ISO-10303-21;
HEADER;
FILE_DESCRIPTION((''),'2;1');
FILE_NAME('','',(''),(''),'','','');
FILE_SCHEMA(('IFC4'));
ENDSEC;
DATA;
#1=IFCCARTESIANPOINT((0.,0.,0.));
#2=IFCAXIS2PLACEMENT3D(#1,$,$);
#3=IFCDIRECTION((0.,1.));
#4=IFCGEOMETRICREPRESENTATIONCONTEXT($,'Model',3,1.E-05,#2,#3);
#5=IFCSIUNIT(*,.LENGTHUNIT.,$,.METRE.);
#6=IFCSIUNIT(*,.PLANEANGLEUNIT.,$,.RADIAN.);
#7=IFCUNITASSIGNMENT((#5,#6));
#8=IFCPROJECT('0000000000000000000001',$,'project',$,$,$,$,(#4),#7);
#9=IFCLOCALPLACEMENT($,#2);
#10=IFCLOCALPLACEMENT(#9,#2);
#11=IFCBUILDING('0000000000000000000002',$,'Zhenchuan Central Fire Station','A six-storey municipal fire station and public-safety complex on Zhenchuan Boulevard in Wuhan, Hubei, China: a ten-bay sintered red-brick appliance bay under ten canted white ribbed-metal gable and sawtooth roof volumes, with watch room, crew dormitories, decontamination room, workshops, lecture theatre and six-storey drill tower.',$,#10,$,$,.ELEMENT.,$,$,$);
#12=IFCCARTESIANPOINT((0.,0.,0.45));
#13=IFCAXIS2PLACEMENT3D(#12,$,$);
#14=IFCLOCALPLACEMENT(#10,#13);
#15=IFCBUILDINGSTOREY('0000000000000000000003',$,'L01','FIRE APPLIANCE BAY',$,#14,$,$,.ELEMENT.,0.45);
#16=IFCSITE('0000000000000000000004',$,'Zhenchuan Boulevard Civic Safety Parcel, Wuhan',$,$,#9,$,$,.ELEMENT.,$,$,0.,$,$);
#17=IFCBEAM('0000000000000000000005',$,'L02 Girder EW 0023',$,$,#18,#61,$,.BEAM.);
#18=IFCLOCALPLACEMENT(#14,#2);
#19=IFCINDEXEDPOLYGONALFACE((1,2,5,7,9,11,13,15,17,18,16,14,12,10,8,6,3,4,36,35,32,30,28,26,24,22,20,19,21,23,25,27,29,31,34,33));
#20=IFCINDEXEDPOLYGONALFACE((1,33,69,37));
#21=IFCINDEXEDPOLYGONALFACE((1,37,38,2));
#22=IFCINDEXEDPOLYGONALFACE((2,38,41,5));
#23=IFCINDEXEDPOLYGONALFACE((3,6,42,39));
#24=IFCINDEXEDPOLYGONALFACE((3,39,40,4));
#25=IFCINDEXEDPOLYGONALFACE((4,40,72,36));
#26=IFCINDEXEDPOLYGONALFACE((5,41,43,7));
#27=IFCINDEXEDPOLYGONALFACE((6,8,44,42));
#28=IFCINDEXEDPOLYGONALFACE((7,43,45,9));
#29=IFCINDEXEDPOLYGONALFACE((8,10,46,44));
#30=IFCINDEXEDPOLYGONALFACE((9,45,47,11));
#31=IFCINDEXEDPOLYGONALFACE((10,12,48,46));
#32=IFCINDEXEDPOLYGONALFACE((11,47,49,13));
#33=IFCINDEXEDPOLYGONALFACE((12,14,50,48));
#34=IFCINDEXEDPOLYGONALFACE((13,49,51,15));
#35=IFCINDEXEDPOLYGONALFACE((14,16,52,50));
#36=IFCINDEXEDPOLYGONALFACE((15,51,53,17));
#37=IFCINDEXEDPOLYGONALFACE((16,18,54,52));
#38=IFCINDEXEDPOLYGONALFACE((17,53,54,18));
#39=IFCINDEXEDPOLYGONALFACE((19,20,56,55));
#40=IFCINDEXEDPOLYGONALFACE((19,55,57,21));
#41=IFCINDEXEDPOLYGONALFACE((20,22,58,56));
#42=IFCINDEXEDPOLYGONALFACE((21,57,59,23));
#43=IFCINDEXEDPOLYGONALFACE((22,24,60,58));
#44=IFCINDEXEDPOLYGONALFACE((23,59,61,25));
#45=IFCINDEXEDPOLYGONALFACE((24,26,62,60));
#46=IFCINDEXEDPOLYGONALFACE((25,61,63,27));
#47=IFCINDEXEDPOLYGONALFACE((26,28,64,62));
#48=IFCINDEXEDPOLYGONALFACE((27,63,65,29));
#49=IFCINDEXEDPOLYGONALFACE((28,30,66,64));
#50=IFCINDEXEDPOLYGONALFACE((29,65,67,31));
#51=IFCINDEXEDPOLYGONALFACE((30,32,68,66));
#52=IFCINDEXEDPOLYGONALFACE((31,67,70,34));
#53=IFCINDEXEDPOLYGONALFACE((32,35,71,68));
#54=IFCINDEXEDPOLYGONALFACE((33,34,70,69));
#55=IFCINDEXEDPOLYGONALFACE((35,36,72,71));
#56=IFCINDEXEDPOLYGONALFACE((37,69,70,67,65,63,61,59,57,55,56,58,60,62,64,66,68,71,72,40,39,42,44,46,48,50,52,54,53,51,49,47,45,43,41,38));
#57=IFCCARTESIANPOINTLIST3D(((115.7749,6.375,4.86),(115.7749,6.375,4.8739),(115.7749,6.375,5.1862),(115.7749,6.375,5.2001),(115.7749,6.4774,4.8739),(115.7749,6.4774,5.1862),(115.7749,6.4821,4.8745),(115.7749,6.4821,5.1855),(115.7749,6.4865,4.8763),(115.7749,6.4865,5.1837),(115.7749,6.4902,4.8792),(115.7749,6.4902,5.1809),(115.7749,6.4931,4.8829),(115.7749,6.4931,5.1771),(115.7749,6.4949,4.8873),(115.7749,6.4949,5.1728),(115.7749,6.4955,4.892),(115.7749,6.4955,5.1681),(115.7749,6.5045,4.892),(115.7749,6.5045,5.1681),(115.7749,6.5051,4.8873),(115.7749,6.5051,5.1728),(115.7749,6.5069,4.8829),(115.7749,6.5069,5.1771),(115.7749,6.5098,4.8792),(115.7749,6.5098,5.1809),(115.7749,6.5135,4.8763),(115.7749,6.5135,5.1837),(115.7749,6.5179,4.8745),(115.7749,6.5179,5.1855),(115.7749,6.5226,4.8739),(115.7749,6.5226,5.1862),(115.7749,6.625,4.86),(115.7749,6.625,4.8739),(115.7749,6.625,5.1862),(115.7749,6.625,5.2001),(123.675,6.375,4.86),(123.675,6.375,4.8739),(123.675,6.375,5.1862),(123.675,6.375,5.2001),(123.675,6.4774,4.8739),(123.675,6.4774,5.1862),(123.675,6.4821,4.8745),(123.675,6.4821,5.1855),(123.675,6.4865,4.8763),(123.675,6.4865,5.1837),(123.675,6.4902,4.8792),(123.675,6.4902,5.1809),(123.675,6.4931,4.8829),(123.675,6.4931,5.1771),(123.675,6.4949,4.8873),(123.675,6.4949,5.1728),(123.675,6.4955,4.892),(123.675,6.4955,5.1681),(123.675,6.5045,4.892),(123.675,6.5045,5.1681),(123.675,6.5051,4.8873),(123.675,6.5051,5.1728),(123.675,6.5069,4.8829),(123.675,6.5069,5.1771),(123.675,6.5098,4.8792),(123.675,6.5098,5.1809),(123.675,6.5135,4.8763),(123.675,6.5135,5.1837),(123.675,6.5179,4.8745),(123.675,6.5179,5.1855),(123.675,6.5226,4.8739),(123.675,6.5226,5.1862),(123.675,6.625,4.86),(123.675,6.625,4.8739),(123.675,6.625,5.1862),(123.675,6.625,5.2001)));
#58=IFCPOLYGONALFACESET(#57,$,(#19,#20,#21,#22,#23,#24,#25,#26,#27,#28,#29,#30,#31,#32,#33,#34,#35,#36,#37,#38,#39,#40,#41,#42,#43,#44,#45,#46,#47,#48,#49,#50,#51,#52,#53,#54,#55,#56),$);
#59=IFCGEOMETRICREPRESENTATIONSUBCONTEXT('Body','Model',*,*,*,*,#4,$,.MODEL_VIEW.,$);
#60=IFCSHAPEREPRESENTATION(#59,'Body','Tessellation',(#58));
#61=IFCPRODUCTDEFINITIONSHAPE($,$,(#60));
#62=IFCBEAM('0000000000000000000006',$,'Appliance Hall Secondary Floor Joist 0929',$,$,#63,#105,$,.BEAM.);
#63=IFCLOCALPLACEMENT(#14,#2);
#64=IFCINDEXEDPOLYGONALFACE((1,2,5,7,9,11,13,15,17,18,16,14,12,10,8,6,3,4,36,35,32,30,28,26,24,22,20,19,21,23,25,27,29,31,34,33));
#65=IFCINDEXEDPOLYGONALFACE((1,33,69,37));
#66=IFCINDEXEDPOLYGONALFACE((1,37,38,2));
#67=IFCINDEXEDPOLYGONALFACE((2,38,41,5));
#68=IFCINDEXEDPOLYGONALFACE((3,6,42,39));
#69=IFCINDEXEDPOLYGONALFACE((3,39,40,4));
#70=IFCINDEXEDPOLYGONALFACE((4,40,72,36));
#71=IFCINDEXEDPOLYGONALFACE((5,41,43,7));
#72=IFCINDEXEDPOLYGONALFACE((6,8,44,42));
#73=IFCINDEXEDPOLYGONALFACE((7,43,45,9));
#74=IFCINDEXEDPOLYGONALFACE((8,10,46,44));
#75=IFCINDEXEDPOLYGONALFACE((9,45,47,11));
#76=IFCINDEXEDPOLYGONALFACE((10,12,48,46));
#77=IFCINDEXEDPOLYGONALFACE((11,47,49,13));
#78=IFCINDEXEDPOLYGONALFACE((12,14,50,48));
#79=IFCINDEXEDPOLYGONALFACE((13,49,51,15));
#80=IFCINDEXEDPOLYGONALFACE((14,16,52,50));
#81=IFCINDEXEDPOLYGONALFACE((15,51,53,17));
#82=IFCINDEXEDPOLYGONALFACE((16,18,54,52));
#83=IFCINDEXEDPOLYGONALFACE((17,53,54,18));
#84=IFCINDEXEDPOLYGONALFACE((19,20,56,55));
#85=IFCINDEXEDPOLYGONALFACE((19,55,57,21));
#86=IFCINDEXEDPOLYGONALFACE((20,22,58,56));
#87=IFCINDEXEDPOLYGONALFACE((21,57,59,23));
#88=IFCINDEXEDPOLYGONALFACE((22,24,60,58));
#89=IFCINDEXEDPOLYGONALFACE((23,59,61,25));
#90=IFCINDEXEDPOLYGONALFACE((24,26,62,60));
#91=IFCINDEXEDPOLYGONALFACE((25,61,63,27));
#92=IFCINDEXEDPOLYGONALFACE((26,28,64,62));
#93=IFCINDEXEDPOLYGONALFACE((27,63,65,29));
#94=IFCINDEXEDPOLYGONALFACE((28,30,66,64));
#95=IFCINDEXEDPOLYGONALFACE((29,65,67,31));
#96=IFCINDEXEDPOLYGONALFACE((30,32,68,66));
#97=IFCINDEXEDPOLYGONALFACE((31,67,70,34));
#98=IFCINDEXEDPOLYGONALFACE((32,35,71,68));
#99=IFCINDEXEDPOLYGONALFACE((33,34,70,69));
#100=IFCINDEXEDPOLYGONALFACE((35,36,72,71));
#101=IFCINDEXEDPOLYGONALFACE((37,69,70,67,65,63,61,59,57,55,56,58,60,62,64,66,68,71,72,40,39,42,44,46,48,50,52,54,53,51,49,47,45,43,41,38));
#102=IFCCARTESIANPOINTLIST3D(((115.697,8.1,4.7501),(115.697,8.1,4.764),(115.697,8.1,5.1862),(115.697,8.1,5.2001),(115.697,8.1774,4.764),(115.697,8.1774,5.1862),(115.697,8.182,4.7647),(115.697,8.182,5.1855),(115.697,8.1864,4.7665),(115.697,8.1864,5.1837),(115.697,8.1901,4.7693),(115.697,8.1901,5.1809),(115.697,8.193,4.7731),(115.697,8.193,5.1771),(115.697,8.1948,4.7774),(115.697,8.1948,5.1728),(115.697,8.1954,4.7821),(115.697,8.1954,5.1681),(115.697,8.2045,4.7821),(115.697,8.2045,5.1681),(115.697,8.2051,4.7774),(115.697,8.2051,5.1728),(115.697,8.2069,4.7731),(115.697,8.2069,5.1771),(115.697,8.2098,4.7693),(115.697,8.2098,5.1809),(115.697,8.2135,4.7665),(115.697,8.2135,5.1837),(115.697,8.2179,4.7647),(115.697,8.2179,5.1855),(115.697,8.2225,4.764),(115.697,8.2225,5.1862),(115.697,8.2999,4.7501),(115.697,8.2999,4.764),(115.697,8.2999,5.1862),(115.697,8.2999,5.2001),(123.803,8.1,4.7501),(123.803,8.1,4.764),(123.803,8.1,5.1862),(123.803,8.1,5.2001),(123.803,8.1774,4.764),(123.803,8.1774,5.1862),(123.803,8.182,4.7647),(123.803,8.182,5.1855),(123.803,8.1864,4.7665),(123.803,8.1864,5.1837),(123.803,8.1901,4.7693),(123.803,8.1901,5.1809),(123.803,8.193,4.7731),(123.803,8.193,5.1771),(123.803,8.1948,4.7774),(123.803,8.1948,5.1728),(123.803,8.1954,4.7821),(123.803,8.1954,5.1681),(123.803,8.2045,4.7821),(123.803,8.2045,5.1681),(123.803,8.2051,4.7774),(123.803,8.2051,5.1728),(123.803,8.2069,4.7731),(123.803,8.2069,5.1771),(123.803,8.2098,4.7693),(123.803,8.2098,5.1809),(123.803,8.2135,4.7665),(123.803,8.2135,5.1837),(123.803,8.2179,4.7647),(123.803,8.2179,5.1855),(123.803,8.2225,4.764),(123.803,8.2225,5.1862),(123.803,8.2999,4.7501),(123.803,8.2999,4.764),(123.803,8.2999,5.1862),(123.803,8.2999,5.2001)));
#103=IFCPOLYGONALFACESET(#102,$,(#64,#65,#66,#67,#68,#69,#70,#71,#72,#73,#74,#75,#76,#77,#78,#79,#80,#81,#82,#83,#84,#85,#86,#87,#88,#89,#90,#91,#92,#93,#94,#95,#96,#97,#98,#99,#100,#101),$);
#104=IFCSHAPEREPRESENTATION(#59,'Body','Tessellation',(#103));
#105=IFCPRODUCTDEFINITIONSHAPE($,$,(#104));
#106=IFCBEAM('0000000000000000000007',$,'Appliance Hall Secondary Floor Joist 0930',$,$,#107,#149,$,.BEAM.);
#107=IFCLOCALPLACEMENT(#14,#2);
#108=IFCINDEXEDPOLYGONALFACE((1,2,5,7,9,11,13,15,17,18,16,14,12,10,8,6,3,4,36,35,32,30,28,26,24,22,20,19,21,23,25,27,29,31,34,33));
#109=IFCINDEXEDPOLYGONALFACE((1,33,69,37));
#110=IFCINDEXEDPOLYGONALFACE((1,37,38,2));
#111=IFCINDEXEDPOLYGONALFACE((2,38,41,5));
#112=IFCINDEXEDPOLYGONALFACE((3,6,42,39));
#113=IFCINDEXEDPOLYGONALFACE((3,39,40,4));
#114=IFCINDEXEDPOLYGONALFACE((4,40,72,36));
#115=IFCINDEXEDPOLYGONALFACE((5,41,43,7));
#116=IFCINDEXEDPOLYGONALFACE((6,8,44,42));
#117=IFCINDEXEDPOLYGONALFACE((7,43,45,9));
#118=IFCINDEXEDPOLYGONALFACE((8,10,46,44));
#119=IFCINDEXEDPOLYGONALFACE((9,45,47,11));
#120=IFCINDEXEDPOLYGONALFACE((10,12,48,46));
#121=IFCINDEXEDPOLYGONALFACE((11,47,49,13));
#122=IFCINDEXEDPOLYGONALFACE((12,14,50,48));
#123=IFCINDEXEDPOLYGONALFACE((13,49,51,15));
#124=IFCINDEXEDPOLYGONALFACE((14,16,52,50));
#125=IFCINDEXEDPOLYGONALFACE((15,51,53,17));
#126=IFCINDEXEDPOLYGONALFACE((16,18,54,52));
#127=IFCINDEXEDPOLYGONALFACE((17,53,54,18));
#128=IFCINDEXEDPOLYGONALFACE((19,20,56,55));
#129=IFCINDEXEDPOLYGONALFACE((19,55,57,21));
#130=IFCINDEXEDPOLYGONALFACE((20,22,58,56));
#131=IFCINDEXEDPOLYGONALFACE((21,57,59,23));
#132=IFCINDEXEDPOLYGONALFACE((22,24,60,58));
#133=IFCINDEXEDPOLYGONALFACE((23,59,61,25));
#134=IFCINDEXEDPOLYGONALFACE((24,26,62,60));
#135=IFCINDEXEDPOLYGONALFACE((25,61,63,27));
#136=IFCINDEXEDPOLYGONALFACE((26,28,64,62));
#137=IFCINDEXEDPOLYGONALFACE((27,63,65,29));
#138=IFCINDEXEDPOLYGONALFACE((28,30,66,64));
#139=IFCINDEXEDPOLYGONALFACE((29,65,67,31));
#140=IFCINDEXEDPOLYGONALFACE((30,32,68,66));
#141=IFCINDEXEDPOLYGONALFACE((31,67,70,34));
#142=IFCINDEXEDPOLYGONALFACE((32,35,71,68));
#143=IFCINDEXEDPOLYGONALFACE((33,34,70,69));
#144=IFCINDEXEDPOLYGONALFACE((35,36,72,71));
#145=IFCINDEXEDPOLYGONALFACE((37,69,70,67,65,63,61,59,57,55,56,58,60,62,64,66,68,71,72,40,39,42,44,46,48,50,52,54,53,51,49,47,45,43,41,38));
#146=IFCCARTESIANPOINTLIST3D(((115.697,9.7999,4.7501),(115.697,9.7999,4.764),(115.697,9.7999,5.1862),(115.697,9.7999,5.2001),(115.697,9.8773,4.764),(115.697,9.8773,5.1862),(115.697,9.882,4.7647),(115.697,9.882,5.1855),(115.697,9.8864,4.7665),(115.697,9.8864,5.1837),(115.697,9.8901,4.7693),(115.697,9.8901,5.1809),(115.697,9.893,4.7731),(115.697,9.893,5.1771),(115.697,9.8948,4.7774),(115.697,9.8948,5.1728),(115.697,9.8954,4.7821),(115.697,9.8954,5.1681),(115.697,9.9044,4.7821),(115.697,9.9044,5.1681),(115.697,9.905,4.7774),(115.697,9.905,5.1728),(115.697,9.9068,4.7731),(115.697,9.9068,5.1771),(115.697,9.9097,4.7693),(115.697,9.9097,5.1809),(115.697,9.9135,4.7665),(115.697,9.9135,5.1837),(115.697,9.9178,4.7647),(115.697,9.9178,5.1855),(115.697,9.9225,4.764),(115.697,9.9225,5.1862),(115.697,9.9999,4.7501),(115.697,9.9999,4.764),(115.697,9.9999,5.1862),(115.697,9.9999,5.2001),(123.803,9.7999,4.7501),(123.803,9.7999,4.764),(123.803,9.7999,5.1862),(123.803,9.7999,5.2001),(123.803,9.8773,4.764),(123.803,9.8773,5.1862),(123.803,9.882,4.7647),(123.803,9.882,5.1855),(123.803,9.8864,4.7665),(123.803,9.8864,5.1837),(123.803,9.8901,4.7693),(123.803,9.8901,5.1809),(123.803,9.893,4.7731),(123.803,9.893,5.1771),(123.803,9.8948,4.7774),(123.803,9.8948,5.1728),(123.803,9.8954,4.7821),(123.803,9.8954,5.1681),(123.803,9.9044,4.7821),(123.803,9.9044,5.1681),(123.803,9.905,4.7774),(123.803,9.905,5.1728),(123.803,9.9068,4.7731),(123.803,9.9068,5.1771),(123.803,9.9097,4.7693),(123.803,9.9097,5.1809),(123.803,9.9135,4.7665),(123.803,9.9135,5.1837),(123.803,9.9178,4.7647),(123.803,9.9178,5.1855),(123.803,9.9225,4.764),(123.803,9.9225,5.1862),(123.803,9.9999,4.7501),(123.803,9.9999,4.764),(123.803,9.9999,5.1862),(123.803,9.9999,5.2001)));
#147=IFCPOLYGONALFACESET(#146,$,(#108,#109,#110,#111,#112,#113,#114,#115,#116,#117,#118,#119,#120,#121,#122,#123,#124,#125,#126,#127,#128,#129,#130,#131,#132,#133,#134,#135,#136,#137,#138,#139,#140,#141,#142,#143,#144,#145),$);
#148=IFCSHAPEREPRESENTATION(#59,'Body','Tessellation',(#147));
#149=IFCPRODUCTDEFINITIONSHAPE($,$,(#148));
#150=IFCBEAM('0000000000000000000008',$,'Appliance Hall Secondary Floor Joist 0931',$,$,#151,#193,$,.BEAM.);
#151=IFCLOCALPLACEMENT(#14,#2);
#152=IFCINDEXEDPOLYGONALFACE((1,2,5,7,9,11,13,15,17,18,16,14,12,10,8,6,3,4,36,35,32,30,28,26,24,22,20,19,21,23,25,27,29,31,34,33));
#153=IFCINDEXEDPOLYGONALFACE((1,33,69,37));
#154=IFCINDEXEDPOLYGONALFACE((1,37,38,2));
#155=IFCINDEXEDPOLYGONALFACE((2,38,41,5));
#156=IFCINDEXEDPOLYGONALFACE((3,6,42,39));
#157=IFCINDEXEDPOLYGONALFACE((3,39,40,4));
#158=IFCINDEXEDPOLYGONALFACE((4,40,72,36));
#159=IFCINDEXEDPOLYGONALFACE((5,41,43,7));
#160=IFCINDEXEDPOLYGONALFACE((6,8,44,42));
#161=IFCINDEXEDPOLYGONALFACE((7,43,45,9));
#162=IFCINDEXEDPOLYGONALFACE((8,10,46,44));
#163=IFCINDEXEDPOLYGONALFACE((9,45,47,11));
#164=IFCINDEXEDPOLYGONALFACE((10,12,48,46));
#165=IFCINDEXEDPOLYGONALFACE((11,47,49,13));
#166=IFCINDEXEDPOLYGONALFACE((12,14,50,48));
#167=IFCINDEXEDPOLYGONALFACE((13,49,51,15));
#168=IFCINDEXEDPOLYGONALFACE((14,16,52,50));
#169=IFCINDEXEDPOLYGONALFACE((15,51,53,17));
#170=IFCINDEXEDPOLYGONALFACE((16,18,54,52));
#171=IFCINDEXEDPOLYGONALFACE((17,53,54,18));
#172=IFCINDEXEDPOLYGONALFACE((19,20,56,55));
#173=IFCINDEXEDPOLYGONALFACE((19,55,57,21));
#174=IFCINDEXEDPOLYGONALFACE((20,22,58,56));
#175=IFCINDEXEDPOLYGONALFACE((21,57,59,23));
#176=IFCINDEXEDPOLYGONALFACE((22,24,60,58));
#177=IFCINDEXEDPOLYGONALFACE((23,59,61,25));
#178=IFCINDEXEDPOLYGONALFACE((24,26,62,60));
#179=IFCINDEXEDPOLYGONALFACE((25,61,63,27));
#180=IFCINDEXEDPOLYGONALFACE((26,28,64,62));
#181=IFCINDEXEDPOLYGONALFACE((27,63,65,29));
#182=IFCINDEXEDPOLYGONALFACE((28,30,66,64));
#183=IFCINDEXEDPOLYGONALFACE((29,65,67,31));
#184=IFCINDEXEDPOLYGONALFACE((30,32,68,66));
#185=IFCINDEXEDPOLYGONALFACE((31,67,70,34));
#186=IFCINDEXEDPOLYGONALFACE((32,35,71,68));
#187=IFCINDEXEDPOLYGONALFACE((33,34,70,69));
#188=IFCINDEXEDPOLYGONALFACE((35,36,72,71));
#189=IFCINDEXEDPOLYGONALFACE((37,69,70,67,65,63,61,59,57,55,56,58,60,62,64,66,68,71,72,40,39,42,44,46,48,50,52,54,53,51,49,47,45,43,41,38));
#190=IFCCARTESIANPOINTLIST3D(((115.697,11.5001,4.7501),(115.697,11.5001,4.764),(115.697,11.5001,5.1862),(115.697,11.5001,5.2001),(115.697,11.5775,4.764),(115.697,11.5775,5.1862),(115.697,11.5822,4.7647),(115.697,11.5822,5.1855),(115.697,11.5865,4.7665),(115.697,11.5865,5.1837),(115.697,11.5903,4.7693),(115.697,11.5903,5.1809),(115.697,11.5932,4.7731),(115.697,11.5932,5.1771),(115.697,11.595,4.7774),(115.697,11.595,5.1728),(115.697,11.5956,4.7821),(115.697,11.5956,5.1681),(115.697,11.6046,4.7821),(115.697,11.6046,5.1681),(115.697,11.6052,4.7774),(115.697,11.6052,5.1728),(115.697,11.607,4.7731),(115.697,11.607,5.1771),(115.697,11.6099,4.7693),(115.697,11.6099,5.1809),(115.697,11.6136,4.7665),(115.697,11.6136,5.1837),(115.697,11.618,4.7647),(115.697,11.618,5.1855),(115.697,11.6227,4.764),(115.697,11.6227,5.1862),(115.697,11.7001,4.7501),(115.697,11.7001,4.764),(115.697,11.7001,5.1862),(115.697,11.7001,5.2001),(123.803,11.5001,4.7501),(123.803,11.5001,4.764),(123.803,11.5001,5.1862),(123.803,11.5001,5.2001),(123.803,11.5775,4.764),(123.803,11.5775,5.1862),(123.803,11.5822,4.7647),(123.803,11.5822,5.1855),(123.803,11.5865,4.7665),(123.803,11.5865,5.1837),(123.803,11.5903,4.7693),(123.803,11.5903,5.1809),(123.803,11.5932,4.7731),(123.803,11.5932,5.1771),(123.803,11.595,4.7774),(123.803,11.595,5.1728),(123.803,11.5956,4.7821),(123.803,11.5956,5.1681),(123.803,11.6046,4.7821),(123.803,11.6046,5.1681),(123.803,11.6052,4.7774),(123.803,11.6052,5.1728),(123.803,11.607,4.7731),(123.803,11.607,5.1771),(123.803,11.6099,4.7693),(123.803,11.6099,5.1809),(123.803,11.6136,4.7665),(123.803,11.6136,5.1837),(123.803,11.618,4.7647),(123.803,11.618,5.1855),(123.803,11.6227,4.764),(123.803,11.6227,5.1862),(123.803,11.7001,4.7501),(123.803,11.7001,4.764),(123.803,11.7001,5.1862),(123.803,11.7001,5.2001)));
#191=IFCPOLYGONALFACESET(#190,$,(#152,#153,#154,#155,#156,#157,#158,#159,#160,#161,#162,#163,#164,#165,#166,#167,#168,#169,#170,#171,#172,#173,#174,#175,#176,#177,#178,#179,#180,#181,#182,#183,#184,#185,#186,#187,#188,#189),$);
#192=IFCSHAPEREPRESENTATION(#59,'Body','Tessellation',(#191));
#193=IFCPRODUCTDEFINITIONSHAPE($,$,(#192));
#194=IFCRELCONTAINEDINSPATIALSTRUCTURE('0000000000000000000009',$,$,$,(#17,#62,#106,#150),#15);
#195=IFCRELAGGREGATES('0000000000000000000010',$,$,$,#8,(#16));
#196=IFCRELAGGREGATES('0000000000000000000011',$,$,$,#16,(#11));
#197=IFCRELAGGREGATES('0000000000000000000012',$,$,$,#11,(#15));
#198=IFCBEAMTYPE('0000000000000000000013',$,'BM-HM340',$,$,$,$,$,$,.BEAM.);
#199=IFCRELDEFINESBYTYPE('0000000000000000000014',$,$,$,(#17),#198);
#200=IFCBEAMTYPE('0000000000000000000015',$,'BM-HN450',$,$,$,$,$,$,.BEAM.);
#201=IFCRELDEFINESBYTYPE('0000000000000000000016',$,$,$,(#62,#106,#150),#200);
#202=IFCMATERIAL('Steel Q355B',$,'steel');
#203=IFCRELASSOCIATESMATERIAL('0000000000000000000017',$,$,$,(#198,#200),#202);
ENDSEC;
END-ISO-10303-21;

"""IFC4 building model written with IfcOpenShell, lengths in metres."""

from ifc_helpers import new_model, si_unit, direction, frame, origin, origin_2d, place, context, subcontext, project, spatial, i_section, extrude, material, material_profile, profile_set, type_object, element, save


model = new_model("IFC4")

# Units and contexts
model_context = context("Model", 3, precision=1e-05, world=origin(), true_north=direction((0.0, 1.0)))
body_context = subcontext(model_context, "Body", "Model", "MODEL_VIEW")
ifc_project = project(units=[si_unit("LENGTHUNIT", "METRE"), si_unit("PLANEANGLEUNIT", "RADIAN")], contexts=[model_context])

# Site, building, storey
site_placement = place(None, origin())
site = spatial("IfcSite", under=ifc_project, at=site_placement, Name="Zhenchuan Boulevard Civic Safety Parcel, Wuhan", CompositionType="ELEMENT", RefElevation=0.0)
building_placement = place(site_placement, origin())
building = spatial("IfcBuilding", under=site, at=building_placement, Name="Zhenchuan Central Fire Station", Description="A six-storey municipal fire station and public-safety complex on Zhenchuan Boulevard in Wuhan, Hubei, China: a ten-bay sintered red-brick appliance bay under ten canted white ribbed-metal gable and sawtooth roof volumes, with watch room, crew dormitories, decontamination room, workshops, lecture theatre and six-storey drill tower.", CompositionType="ELEMENT")
storey_placement = place(building_placement, frame((0.0, 0.0, 0.45)))
storey = spatial("IfcBuildingStorey", under=building, at=storey_placement, Name="L01", Description="FIRE APPLIANCE BAY", CompositionType="ELEMENT", Elevation=0.45)

# Shared definitions
ifc_material_1 = material(Name="Steel Q355B", Category="steel")

# Beams
ifc_material_profile_1 = material_profile(ifc_material_1, i_section(OverallWidth=0.25, OverallDepth=0.3401, WebThickness=0.009, FlangeThickness=0.0139, FilletRadius=0.0181, at=origin_2d()), Name="HM 340x250")
ifc_profile_set_1 = profile_set([ifc_material_profile_1], Name="Steel Q355B")
beam_type_1 = type_object("IfcBeamType", Name="BM-HM340", PredefinedType="BEAM", material=ifc_profile_set_1)
beam_1_placement = place(storey_placement, frame((115.7749, 6.5, 5.03), z_axis=(1.0, 0.0, 0.0), x_axis=(0.0, 1.0, 0.0)))
element("IfcBeam", 1, at=beam_1_placement, inside=storey, type_object=beam_type_1, Name="L02 Girder EW 0023", PredefinedType="BEAM", context=body_context, shape_type="SweptSolid", body=[
    extrude(i_section(OverallWidth=0.25, OverallDepth=0.3401, WebThickness=0.009, FlangeThickness=0.0139, FilletRadius=0.0181, at=origin_2d()), origin(), (0.0, 0.0, 1.0), 7.9001),
])
ifc_material_profile_2 = material_profile(ifc_material_1, i_section(OverallWidth=0.2, OverallDepth=0.45, WebThickness=0.009, FlangeThickness=0.0139, FilletRadius=0.0181, at=origin_2d()), Name="HN 450x200")
ifc_profile_set_2 = profile_set([ifc_material_profile_2], Name="Steel Q355B")
beam_type_2 = type_object("IfcBeamType", Name="BM-HN450", PredefinedType="BEAM", material=ifc_profile_set_2)
for number, where, z_axis, x_axis, name in (
    (2, (115.697, 8.2, 4.9751), (1.0, 0.0, 0.0), (0.0, 1.0, 0.0), "Appliance Hall Secondary Floor Joist 0929"),
    (3, (115.697, 9.8999, 4.9751), (1.0, 0.0, 0.0), (0.0, 1.0, 0.0), "Appliance Hall Secondary Floor Joist 0930"),
    (4, (115.697, 11.6001, 4.9751), (1.0, 0.0, 0.0), (0.0, 1.0, 0.0), "Appliance Hall Secondary Floor Joist 0931"),
):
    element("IfcBeam", number, at=place(storey_placement, frame(where, z_axis=z_axis, x_axis=x_axis)), inside=storey, type_object=beam_type_2, Name=name, PredefinedType="BEAM", context=body_context, shape_type="SweptSolid", body=[
        extrude(i_section(OverallWidth=0.2, OverallDepth=0.45, WebThickness=0.009, FlangeThickness=0.0139, FilletRadius=0.0181, at=origin_2d()), origin(), (0.0, 0.0, 1.0), 8.106),
    ])

save(model, "model.ifc")
